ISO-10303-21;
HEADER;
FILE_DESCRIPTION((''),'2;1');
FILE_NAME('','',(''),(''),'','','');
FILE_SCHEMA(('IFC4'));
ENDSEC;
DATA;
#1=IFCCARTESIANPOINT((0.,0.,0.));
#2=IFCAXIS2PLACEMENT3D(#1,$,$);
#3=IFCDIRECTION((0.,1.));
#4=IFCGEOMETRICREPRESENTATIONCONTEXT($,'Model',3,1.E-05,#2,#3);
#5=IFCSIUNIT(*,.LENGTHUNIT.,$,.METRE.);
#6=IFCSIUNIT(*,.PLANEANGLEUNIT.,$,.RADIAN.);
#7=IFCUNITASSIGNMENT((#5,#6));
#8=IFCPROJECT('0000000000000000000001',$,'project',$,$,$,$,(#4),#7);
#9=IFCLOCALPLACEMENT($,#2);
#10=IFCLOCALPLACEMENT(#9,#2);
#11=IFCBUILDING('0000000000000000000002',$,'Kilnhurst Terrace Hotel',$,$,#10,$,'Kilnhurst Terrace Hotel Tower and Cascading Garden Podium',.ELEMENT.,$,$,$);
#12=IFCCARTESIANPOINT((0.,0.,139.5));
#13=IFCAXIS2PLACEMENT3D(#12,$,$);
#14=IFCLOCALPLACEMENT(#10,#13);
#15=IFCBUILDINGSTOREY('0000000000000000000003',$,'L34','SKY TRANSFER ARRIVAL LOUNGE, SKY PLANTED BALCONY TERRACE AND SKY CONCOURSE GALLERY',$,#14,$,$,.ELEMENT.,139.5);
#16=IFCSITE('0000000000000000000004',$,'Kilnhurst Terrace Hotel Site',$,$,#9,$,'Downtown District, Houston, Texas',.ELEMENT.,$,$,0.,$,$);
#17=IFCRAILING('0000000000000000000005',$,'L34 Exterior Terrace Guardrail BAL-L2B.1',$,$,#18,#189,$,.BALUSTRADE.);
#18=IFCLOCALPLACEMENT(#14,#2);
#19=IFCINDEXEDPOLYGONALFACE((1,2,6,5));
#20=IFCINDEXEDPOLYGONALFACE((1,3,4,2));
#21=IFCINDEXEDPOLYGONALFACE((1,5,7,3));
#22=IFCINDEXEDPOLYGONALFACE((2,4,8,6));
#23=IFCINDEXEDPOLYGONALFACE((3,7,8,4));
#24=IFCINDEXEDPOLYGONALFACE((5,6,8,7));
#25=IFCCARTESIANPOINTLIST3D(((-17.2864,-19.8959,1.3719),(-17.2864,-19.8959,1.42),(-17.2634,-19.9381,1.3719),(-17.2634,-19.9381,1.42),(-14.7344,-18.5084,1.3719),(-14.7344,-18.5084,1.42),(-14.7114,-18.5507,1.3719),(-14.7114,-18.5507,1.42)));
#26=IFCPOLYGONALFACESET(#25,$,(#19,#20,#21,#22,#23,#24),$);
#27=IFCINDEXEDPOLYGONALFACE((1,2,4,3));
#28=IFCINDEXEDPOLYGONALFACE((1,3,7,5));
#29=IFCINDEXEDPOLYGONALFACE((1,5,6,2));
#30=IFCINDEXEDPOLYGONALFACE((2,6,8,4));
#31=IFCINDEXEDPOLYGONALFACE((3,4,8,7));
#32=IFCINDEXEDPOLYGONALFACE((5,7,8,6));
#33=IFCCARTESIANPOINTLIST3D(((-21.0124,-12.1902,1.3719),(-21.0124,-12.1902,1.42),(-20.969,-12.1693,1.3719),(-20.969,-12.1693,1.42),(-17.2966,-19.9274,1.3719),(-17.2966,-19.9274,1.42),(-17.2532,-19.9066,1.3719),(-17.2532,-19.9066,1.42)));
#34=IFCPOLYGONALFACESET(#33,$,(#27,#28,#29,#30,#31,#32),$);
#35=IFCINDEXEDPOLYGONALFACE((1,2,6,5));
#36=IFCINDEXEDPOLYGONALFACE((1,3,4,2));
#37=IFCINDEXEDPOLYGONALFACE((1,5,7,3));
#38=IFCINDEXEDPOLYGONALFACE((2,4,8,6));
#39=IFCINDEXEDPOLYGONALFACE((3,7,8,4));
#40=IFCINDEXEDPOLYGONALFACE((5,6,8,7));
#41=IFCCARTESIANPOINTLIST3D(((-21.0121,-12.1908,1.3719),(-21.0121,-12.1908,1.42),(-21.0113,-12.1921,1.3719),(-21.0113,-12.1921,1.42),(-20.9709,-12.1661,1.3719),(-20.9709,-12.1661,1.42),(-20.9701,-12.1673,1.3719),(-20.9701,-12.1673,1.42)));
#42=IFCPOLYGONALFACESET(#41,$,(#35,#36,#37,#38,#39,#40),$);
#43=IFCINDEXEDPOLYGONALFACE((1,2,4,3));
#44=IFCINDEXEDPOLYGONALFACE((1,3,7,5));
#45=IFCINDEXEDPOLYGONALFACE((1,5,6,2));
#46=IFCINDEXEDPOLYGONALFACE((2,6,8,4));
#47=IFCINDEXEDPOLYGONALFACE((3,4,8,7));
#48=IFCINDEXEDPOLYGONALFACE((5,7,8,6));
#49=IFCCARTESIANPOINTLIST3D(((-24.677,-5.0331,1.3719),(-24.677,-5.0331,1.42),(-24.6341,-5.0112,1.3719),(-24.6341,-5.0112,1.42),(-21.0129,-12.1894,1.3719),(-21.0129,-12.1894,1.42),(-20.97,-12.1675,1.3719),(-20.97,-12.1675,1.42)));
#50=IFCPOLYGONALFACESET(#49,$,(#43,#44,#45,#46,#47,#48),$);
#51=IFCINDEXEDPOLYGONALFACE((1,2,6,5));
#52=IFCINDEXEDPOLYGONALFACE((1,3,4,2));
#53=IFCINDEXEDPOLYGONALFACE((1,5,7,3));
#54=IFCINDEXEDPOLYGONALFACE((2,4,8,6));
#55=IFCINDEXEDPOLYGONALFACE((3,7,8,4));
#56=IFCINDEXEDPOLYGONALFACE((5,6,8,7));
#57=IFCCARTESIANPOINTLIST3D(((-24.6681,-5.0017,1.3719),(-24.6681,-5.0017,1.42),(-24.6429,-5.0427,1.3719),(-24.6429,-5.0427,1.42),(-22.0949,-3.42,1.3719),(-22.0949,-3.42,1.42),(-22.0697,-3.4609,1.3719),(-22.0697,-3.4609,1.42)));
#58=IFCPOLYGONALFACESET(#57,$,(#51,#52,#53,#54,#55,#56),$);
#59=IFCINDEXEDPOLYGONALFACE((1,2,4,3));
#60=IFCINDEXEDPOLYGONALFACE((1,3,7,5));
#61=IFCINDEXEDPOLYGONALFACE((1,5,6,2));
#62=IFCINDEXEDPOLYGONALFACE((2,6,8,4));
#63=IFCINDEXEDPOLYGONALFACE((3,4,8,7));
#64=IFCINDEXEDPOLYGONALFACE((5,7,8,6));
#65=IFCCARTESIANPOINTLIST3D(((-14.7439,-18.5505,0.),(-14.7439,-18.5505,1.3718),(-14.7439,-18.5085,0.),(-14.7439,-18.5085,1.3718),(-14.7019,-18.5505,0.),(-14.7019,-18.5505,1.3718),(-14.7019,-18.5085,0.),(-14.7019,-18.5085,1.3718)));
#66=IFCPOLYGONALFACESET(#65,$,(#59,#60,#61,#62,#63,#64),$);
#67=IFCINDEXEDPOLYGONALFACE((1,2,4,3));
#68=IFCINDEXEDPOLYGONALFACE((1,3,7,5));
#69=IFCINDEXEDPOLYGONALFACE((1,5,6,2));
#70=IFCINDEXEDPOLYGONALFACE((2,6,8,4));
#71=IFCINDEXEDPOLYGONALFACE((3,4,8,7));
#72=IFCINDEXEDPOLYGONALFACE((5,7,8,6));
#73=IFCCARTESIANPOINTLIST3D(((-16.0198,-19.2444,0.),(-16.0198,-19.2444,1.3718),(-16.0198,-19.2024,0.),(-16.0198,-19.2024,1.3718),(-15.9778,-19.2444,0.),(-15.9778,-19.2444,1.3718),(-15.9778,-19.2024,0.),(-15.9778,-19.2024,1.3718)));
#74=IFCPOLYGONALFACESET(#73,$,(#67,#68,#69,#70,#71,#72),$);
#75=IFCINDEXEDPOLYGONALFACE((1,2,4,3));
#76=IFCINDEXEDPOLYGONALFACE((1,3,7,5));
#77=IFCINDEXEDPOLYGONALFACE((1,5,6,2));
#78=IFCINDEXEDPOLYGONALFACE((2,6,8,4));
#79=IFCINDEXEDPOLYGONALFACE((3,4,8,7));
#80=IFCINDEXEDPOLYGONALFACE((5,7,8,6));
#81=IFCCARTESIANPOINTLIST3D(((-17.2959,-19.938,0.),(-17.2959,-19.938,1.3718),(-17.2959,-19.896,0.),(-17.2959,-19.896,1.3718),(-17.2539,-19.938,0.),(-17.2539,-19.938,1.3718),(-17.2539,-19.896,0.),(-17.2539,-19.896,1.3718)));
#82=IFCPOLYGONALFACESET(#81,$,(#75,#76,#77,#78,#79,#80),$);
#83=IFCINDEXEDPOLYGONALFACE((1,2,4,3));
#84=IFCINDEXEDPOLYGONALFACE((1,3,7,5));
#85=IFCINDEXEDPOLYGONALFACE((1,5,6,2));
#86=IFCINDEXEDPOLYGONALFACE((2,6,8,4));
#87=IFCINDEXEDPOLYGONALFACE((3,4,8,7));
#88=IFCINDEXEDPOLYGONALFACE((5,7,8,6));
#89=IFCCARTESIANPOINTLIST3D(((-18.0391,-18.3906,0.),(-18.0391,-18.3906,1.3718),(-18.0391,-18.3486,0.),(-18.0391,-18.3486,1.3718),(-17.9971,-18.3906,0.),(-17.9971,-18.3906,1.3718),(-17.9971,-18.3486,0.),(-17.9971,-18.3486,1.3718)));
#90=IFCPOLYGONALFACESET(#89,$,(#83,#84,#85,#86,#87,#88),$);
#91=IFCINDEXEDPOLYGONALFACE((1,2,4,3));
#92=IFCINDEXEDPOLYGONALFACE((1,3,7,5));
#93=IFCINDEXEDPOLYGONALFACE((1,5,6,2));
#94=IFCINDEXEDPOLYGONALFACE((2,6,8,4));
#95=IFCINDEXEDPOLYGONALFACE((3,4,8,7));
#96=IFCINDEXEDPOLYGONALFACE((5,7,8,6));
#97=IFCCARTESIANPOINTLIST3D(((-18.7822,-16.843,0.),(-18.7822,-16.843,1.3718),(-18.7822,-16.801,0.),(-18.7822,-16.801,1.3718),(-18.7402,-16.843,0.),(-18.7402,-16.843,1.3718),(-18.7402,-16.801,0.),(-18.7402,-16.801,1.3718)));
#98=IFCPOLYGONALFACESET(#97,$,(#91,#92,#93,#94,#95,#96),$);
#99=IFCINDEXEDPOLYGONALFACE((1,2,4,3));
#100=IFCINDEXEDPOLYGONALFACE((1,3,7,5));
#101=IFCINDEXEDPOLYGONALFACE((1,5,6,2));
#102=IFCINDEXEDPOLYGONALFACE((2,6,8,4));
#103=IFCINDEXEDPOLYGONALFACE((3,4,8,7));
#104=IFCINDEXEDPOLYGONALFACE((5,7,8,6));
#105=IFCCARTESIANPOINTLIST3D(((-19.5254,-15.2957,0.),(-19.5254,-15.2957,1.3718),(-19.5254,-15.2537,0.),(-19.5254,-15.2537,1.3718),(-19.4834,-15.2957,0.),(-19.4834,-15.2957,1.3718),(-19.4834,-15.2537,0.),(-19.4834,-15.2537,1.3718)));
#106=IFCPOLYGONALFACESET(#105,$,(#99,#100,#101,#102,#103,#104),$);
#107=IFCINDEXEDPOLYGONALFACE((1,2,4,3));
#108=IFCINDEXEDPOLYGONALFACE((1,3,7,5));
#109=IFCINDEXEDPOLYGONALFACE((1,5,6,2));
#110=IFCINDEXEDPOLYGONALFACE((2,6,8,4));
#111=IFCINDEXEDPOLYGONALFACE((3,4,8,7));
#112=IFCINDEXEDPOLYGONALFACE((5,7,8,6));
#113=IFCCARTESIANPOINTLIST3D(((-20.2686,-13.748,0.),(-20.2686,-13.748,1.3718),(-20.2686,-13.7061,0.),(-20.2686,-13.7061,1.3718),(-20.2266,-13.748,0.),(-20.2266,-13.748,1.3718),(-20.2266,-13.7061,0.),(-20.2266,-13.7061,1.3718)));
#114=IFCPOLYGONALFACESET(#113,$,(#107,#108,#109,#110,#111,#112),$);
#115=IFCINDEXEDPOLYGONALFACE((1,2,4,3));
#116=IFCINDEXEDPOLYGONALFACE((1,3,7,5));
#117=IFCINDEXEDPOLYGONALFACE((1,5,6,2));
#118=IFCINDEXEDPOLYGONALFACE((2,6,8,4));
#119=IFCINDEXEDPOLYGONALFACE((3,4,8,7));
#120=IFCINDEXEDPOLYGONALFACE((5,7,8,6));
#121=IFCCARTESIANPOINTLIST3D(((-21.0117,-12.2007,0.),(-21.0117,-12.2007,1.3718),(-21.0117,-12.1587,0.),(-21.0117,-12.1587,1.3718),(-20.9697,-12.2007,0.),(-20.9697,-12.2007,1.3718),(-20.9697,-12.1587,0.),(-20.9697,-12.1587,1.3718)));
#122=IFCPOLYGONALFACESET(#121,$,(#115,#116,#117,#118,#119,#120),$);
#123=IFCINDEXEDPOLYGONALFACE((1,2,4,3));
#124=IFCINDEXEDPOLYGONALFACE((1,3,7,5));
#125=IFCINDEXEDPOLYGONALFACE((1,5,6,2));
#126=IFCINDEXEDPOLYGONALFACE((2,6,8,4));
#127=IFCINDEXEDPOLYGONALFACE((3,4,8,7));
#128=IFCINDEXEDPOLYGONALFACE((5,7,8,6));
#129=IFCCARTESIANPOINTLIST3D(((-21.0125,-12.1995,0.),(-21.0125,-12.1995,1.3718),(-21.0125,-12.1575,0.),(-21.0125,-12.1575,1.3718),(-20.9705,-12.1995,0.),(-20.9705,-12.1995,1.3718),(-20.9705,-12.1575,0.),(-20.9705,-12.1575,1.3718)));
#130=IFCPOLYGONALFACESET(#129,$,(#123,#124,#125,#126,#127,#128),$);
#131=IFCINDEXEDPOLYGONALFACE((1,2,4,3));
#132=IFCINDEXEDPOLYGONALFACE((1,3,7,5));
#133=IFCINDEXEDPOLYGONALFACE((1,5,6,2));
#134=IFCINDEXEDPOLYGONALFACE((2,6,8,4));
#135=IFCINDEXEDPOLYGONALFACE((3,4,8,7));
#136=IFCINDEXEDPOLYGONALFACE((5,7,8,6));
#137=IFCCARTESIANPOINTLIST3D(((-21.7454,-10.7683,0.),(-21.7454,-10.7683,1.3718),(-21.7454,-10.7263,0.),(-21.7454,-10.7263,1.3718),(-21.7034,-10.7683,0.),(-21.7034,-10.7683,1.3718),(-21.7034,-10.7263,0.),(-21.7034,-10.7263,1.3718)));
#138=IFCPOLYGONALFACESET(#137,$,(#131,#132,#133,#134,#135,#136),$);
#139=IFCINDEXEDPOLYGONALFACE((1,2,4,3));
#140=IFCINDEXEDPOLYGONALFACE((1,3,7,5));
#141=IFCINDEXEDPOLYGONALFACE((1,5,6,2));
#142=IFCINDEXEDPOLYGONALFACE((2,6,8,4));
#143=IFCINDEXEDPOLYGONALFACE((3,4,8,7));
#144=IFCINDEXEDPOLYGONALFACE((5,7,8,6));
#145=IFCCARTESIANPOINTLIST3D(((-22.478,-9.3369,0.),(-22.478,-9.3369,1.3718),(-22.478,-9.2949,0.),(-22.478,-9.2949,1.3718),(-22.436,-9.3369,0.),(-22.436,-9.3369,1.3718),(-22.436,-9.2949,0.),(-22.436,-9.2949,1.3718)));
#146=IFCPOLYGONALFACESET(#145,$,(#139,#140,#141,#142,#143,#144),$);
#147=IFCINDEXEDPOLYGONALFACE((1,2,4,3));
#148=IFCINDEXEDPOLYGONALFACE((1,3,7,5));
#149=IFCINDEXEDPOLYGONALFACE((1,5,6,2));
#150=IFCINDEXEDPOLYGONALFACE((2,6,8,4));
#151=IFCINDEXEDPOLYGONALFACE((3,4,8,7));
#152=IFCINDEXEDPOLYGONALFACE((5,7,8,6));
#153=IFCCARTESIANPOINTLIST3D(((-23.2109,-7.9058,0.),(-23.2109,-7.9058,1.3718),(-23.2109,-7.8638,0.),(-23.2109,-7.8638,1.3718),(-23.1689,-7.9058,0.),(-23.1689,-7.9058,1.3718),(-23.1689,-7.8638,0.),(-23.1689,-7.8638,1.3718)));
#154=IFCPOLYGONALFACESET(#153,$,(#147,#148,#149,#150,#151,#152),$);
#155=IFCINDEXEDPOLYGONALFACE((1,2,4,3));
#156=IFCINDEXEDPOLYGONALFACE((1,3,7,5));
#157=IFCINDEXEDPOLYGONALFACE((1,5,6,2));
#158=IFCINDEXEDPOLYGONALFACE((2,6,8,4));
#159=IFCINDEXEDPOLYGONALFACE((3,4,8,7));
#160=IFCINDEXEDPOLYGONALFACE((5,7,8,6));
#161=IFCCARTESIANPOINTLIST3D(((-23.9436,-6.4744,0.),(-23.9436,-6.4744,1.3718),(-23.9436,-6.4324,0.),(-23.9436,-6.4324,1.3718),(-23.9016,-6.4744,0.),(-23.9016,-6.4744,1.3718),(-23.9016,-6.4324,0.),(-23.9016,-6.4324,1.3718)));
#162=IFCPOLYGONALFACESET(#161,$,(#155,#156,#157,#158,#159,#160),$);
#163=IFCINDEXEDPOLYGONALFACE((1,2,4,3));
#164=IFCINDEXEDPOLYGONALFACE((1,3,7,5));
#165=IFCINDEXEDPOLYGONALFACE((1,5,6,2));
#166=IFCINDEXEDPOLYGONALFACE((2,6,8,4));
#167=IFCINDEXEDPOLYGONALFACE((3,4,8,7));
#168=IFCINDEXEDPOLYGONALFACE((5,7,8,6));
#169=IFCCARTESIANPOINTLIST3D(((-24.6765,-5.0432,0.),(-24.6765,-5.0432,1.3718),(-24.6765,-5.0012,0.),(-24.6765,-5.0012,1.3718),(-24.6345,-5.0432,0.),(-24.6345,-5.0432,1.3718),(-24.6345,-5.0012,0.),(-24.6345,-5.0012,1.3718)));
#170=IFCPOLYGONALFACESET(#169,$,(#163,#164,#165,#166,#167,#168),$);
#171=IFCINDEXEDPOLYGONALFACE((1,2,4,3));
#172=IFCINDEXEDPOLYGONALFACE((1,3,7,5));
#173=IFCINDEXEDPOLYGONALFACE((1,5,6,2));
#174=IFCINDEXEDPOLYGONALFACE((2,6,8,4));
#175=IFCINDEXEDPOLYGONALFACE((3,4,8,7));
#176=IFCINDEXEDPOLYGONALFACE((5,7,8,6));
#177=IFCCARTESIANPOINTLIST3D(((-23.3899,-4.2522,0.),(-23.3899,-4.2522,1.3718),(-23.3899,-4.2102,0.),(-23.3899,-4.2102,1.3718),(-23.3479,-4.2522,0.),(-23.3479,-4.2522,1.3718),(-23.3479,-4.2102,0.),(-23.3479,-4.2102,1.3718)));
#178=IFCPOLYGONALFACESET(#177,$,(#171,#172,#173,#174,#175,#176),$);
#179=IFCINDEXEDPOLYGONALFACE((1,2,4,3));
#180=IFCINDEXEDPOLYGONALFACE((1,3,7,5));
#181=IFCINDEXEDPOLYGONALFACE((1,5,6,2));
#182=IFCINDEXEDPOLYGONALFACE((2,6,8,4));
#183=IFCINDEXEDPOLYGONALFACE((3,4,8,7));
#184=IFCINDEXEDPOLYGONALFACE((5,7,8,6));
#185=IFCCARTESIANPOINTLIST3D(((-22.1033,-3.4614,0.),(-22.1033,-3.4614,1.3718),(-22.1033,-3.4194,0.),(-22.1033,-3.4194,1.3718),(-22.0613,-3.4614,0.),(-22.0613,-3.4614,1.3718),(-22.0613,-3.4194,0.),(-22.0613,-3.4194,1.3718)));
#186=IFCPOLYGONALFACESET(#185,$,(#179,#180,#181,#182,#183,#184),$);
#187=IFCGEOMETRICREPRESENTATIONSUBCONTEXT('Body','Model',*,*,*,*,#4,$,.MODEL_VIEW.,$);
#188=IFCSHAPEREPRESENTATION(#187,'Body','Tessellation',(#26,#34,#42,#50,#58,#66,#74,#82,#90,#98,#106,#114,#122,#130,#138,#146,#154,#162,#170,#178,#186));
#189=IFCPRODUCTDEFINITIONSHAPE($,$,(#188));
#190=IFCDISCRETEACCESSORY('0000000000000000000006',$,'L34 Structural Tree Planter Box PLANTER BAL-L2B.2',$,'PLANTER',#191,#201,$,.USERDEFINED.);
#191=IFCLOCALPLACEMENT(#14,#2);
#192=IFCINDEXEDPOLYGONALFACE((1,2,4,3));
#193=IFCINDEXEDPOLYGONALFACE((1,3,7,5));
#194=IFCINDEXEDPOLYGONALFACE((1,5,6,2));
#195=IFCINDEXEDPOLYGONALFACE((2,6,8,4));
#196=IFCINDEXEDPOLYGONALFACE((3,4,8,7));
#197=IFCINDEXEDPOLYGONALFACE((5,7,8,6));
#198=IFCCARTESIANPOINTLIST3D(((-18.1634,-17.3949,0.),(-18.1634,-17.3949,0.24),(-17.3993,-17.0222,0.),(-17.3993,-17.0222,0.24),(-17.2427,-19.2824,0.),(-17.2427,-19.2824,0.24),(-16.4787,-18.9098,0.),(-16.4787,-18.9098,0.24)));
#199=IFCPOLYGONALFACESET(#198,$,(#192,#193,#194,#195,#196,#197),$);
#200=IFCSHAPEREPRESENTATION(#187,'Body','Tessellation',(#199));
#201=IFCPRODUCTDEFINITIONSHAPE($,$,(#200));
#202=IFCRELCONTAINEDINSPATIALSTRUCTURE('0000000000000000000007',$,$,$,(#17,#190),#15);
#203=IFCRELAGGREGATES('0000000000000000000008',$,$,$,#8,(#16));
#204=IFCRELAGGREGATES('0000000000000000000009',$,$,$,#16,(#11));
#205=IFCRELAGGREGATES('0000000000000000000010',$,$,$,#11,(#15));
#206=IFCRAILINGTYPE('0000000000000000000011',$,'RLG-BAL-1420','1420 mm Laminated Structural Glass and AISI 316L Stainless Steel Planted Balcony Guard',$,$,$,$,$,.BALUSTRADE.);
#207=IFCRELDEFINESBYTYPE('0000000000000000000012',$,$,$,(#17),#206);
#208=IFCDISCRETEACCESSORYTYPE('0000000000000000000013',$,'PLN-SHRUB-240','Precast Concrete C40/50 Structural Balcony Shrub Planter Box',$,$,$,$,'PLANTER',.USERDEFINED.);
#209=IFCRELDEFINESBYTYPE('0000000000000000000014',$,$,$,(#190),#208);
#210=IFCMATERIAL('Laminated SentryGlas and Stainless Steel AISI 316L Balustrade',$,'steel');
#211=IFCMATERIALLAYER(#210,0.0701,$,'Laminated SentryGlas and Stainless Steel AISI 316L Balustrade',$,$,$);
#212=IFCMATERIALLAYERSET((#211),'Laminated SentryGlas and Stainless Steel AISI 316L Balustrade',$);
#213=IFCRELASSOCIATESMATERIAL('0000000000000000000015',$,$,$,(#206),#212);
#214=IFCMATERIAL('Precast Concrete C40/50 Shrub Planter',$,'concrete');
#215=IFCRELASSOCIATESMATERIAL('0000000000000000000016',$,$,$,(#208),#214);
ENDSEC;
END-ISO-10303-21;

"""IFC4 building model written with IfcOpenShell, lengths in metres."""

from ifc_helpers import new_model, si_unit, direction, frame, origin, origin_2d, place, context, subcontext, project, spatial, rectangle, extrude, material, layer, layer_set, type_object, element, save


model = new_model("IFC4")

# Units and contexts
model_context = context("Model", 3, precision=1e-05, world=origin(), true_north=direction((0.0, 1.0)))
body_context = subcontext(model_context, "Body", "Model", "MODEL_VIEW")
ifc_project = project(units=[si_unit("LENGTHUNIT", "METRE"), si_unit("PLANEANGLEUNIT", "RADIAN")], contexts=[model_context])

# Site, building, storey
site_placement = place(None, origin())
site = spatial("IfcSite", under=ifc_project, at=site_placement, Name="Kilnhurst Terrace Hotel Site", LongName="Downtown District, Houston, Texas", CompositionType="ELEMENT", RefElevation=0.0)
building_placement = place(site_placement, origin())
building = spatial("IfcBuilding", under=site, at=building_placement, Name="Kilnhurst Terrace Hotel", LongName="Kilnhurst Terrace Hotel Tower and Cascading Garden Podium", CompositionType="ELEMENT")
storey_placement = place(building_placement, frame((0.0, 0.0, 139.5)))
storey = spatial("IfcBuildingStorey", under=building, at=storey_placement, Name="L34", Description="SKY TRANSFER ARRIVAL LOUNGE, SKY PLANTED BALCONY TERRACE AND SKY CONCOURSE GALLERY", CompositionType="ELEMENT", Elevation=139.5)

# Railing
ifc_material_1 = material(Name="Laminated SentryGlas and Stainless Steel AISI 316L Balustrade", Category="steel")
ifc_layer_1 = layer(ifc_material_1, 0.0701, Name="Laminated SentryGlas and Stainless Steel AISI 316L Balustrade")
ifc_layer_set_1 = layer_set([ifc_layer_1], Name="Laminated SentryGlas and Stainless Steel AISI 316L Balustrade")
railing_type = type_object("IfcRailingType", Name="RLG-BAL-1420", Description="1420 mm Laminated Structural Glass and AISI 316L Stainless Steel Planted Balcony Guard", PredefinedType="BALUSTRADE", material=ifc_layer_set_1)
railing_placement = place(storey_placement, frame((-14.7229, -18.5295, 0.0)))
element("IfcRailing", 1, at=railing_placement, inside=storey, type_object=railing_type, Name="L34 Exterior Terrace Guardrail BAL-L2B.1", PredefinedType="BALUSTRADE", context=body_context, shape_type="SweptSolid", body=[
    extrude(rectangle(XDim=0.0481, YDim=0.0481, at=origin_2d()), frame((0.0, 0.0, 1.396), z_axis=(-0.878553, -0.477644, 0.0), x_axis=(0.477644, -0.878553, 0.0)), (0.0, 0.0, 1.0), 2.9048),
    extrude(rectangle(XDim=0.0481, YDim=0.0481, at=origin_2d()), frame((-2.552, -1.3875, 1.396), z_axis=(-0.432912, 0.901436, 0.0), x_axis=(-0.901436, -0.432912, 0.0)), (0.0, 0.0, 1.0), 8.5833),
    extrude(rectangle(XDim=0.0481, YDim=0.0481, at=origin_2d()), frame((-6.2678, 6.3499, 1.396), z_axis=(-0.514496, 0.857493, 0.0), x_axis=(-0.857493, -0.514496, 0.0)), (0.0, 0.0, 1.0), 0.0015),
    extrude(rectangle(XDim=0.0481, YDim=0.0481, at=origin_2d()), frame((-6.2686, 6.3511, 1.396), z_axis=(-0.455744, 0.890111, 0.0), x_axis=(-0.890111, -0.455744, 0.0)), (0.0, 0.0, 1.0), 8.0398),
    extrude(rectangle(XDim=0.0481, YDim=0.0481, at=origin_2d()), frame((-9.9326, 13.5073, 1.396), z_axis=(0.851916, 0.523678, 0.0), x_axis=(-0.523678, 0.851916, 0.0)), (0.0, 0.0, 1.0), 3.0205),
    extrude(rectangle(XDim=0.042, YDim=0.042, at=origin_2d()), origin(), (0.0, 0.0, 1.0), 1.3718),
    extrude(rectangle(XDim=0.042, YDim=0.042, at=origin_2d()), frame((-1.2759, -0.6938, 0.0)), (0.0, 0.0, 1.0), 1.3718),
    extrude(rectangle(XDim=0.042, YDim=0.042, at=origin_2d()), frame((-2.552, -1.3875, 0.0)), (0.0, 0.0, 1.0), 1.3718),
    extrude(rectangle(XDim=0.042, YDim=0.042, at=origin_2d()), frame((-3.2952, 0.1599, 0.0)), (0.0, 0.0, 1.0), 1.3718),
    extrude(rectangle(XDim=0.042, YDim=0.042, at=origin_2d()), frame((-4.0383, 1.7075, 0.0)), (0.0, 0.0, 1.0), 1.3718),
    extrude(rectangle(XDim=0.042, YDim=0.042, at=origin_2d()), frame((-4.7815, 3.2549, 0.0)), (0.0, 0.0, 1.0), 1.3718),
    extrude(rectangle(XDim=0.042, YDim=0.042, at=origin_2d()), frame((-5.5247, 4.8025, 0.0)), (0.0, 0.0, 1.0), 1.3718),
    extrude(rectangle(XDim=0.042, YDim=0.042, at=origin_2d()), frame((-6.2678, 6.3499, 0.0)), (0.0, 0.0, 1.0), 1.3718),
    extrude(rectangle(XDim=0.042, YDim=0.042, at=origin_2d()), frame((-6.2686, 6.3511, 0.0)), (0.0, 0.0, 1.0), 1.3718),
    extrude(rectangle(XDim=0.042, YDim=0.042, at=origin_2d()), frame((-7.0015, 7.7822, 0.0)), (0.0, 0.0, 1.0), 1.3718),
    extrude(rectangle(XDim=0.042, YDim=0.042, at=origin_2d()), frame((-7.7341, 9.2136, 0.0)), (0.0, 0.0, 1.0), 1.3718),
    extrude(rectangle(XDim=0.042, YDim=0.042, at=origin_2d()), frame((-8.467, 10.6448, 0.0)), (0.0, 0.0, 1.0), 1.3718),
    extrude(rectangle(XDim=0.042, YDim=0.042, at=origin_2d()), frame((-9.1997, 12.0762, 0.0)), (0.0, 0.0, 1.0), 1.3718),
    extrude(rectangle(XDim=0.042, YDim=0.042, at=origin_2d()), frame((-9.9326, 13.5073, 0.0)), (0.0, 0.0, 1.0), 1.3718),
    extrude(rectangle(XDim=0.042, YDim=0.042, at=origin_2d()), frame((-8.646, 14.2983, 0.0)), (0.0, 0.0, 1.0), 1.3718),
    extrude(rectangle(XDim=0.042, YDim=0.042, at=origin_2d()), frame((-7.3594, 15.0891, 0.0)), (0.0, 0.0, 1.0), 1.3718),
])

# Discrete accessory
ifc_material_2 = material(Name="Precast Concrete C40/50 Shrub Planter", Category="concrete")
discrete_accessory_type = type_object("IfcDiscreteAccessoryType", Name="PLN-SHRUB-240", Description="Precast Concrete C40/50 Structural Balcony Shrub Planter Box", ElementType="PLANTER", PredefinedType="USERDEFINED", material=ifc_material_2)
discrete_accessory_placement = place(storey_placement, frame((-17.321, -18.1523, 0.0), z_axis=(0.0, 0.0, 1.0), x_axis=(0.438387, -0.898786, 0.0)))
element("IfcDiscreteAccessory", 2, at=discrete_accessory_placement, inside=storey, type_object=discrete_accessory_type, Name="L34 Structural Tree Planter Box PLANTER BAL-L2B.2", ObjectType="PLANTER", PredefinedType="USERDEFINED", context=body_context, shape_type="SweptSolid", body=[
    extrude(rectangle(XDim=2.1001, YDim=0.8501, at=origin_2d()), origin(), (0.0, 0.0, 1.0), 0.24),
])

save(model, "model.ifc")
